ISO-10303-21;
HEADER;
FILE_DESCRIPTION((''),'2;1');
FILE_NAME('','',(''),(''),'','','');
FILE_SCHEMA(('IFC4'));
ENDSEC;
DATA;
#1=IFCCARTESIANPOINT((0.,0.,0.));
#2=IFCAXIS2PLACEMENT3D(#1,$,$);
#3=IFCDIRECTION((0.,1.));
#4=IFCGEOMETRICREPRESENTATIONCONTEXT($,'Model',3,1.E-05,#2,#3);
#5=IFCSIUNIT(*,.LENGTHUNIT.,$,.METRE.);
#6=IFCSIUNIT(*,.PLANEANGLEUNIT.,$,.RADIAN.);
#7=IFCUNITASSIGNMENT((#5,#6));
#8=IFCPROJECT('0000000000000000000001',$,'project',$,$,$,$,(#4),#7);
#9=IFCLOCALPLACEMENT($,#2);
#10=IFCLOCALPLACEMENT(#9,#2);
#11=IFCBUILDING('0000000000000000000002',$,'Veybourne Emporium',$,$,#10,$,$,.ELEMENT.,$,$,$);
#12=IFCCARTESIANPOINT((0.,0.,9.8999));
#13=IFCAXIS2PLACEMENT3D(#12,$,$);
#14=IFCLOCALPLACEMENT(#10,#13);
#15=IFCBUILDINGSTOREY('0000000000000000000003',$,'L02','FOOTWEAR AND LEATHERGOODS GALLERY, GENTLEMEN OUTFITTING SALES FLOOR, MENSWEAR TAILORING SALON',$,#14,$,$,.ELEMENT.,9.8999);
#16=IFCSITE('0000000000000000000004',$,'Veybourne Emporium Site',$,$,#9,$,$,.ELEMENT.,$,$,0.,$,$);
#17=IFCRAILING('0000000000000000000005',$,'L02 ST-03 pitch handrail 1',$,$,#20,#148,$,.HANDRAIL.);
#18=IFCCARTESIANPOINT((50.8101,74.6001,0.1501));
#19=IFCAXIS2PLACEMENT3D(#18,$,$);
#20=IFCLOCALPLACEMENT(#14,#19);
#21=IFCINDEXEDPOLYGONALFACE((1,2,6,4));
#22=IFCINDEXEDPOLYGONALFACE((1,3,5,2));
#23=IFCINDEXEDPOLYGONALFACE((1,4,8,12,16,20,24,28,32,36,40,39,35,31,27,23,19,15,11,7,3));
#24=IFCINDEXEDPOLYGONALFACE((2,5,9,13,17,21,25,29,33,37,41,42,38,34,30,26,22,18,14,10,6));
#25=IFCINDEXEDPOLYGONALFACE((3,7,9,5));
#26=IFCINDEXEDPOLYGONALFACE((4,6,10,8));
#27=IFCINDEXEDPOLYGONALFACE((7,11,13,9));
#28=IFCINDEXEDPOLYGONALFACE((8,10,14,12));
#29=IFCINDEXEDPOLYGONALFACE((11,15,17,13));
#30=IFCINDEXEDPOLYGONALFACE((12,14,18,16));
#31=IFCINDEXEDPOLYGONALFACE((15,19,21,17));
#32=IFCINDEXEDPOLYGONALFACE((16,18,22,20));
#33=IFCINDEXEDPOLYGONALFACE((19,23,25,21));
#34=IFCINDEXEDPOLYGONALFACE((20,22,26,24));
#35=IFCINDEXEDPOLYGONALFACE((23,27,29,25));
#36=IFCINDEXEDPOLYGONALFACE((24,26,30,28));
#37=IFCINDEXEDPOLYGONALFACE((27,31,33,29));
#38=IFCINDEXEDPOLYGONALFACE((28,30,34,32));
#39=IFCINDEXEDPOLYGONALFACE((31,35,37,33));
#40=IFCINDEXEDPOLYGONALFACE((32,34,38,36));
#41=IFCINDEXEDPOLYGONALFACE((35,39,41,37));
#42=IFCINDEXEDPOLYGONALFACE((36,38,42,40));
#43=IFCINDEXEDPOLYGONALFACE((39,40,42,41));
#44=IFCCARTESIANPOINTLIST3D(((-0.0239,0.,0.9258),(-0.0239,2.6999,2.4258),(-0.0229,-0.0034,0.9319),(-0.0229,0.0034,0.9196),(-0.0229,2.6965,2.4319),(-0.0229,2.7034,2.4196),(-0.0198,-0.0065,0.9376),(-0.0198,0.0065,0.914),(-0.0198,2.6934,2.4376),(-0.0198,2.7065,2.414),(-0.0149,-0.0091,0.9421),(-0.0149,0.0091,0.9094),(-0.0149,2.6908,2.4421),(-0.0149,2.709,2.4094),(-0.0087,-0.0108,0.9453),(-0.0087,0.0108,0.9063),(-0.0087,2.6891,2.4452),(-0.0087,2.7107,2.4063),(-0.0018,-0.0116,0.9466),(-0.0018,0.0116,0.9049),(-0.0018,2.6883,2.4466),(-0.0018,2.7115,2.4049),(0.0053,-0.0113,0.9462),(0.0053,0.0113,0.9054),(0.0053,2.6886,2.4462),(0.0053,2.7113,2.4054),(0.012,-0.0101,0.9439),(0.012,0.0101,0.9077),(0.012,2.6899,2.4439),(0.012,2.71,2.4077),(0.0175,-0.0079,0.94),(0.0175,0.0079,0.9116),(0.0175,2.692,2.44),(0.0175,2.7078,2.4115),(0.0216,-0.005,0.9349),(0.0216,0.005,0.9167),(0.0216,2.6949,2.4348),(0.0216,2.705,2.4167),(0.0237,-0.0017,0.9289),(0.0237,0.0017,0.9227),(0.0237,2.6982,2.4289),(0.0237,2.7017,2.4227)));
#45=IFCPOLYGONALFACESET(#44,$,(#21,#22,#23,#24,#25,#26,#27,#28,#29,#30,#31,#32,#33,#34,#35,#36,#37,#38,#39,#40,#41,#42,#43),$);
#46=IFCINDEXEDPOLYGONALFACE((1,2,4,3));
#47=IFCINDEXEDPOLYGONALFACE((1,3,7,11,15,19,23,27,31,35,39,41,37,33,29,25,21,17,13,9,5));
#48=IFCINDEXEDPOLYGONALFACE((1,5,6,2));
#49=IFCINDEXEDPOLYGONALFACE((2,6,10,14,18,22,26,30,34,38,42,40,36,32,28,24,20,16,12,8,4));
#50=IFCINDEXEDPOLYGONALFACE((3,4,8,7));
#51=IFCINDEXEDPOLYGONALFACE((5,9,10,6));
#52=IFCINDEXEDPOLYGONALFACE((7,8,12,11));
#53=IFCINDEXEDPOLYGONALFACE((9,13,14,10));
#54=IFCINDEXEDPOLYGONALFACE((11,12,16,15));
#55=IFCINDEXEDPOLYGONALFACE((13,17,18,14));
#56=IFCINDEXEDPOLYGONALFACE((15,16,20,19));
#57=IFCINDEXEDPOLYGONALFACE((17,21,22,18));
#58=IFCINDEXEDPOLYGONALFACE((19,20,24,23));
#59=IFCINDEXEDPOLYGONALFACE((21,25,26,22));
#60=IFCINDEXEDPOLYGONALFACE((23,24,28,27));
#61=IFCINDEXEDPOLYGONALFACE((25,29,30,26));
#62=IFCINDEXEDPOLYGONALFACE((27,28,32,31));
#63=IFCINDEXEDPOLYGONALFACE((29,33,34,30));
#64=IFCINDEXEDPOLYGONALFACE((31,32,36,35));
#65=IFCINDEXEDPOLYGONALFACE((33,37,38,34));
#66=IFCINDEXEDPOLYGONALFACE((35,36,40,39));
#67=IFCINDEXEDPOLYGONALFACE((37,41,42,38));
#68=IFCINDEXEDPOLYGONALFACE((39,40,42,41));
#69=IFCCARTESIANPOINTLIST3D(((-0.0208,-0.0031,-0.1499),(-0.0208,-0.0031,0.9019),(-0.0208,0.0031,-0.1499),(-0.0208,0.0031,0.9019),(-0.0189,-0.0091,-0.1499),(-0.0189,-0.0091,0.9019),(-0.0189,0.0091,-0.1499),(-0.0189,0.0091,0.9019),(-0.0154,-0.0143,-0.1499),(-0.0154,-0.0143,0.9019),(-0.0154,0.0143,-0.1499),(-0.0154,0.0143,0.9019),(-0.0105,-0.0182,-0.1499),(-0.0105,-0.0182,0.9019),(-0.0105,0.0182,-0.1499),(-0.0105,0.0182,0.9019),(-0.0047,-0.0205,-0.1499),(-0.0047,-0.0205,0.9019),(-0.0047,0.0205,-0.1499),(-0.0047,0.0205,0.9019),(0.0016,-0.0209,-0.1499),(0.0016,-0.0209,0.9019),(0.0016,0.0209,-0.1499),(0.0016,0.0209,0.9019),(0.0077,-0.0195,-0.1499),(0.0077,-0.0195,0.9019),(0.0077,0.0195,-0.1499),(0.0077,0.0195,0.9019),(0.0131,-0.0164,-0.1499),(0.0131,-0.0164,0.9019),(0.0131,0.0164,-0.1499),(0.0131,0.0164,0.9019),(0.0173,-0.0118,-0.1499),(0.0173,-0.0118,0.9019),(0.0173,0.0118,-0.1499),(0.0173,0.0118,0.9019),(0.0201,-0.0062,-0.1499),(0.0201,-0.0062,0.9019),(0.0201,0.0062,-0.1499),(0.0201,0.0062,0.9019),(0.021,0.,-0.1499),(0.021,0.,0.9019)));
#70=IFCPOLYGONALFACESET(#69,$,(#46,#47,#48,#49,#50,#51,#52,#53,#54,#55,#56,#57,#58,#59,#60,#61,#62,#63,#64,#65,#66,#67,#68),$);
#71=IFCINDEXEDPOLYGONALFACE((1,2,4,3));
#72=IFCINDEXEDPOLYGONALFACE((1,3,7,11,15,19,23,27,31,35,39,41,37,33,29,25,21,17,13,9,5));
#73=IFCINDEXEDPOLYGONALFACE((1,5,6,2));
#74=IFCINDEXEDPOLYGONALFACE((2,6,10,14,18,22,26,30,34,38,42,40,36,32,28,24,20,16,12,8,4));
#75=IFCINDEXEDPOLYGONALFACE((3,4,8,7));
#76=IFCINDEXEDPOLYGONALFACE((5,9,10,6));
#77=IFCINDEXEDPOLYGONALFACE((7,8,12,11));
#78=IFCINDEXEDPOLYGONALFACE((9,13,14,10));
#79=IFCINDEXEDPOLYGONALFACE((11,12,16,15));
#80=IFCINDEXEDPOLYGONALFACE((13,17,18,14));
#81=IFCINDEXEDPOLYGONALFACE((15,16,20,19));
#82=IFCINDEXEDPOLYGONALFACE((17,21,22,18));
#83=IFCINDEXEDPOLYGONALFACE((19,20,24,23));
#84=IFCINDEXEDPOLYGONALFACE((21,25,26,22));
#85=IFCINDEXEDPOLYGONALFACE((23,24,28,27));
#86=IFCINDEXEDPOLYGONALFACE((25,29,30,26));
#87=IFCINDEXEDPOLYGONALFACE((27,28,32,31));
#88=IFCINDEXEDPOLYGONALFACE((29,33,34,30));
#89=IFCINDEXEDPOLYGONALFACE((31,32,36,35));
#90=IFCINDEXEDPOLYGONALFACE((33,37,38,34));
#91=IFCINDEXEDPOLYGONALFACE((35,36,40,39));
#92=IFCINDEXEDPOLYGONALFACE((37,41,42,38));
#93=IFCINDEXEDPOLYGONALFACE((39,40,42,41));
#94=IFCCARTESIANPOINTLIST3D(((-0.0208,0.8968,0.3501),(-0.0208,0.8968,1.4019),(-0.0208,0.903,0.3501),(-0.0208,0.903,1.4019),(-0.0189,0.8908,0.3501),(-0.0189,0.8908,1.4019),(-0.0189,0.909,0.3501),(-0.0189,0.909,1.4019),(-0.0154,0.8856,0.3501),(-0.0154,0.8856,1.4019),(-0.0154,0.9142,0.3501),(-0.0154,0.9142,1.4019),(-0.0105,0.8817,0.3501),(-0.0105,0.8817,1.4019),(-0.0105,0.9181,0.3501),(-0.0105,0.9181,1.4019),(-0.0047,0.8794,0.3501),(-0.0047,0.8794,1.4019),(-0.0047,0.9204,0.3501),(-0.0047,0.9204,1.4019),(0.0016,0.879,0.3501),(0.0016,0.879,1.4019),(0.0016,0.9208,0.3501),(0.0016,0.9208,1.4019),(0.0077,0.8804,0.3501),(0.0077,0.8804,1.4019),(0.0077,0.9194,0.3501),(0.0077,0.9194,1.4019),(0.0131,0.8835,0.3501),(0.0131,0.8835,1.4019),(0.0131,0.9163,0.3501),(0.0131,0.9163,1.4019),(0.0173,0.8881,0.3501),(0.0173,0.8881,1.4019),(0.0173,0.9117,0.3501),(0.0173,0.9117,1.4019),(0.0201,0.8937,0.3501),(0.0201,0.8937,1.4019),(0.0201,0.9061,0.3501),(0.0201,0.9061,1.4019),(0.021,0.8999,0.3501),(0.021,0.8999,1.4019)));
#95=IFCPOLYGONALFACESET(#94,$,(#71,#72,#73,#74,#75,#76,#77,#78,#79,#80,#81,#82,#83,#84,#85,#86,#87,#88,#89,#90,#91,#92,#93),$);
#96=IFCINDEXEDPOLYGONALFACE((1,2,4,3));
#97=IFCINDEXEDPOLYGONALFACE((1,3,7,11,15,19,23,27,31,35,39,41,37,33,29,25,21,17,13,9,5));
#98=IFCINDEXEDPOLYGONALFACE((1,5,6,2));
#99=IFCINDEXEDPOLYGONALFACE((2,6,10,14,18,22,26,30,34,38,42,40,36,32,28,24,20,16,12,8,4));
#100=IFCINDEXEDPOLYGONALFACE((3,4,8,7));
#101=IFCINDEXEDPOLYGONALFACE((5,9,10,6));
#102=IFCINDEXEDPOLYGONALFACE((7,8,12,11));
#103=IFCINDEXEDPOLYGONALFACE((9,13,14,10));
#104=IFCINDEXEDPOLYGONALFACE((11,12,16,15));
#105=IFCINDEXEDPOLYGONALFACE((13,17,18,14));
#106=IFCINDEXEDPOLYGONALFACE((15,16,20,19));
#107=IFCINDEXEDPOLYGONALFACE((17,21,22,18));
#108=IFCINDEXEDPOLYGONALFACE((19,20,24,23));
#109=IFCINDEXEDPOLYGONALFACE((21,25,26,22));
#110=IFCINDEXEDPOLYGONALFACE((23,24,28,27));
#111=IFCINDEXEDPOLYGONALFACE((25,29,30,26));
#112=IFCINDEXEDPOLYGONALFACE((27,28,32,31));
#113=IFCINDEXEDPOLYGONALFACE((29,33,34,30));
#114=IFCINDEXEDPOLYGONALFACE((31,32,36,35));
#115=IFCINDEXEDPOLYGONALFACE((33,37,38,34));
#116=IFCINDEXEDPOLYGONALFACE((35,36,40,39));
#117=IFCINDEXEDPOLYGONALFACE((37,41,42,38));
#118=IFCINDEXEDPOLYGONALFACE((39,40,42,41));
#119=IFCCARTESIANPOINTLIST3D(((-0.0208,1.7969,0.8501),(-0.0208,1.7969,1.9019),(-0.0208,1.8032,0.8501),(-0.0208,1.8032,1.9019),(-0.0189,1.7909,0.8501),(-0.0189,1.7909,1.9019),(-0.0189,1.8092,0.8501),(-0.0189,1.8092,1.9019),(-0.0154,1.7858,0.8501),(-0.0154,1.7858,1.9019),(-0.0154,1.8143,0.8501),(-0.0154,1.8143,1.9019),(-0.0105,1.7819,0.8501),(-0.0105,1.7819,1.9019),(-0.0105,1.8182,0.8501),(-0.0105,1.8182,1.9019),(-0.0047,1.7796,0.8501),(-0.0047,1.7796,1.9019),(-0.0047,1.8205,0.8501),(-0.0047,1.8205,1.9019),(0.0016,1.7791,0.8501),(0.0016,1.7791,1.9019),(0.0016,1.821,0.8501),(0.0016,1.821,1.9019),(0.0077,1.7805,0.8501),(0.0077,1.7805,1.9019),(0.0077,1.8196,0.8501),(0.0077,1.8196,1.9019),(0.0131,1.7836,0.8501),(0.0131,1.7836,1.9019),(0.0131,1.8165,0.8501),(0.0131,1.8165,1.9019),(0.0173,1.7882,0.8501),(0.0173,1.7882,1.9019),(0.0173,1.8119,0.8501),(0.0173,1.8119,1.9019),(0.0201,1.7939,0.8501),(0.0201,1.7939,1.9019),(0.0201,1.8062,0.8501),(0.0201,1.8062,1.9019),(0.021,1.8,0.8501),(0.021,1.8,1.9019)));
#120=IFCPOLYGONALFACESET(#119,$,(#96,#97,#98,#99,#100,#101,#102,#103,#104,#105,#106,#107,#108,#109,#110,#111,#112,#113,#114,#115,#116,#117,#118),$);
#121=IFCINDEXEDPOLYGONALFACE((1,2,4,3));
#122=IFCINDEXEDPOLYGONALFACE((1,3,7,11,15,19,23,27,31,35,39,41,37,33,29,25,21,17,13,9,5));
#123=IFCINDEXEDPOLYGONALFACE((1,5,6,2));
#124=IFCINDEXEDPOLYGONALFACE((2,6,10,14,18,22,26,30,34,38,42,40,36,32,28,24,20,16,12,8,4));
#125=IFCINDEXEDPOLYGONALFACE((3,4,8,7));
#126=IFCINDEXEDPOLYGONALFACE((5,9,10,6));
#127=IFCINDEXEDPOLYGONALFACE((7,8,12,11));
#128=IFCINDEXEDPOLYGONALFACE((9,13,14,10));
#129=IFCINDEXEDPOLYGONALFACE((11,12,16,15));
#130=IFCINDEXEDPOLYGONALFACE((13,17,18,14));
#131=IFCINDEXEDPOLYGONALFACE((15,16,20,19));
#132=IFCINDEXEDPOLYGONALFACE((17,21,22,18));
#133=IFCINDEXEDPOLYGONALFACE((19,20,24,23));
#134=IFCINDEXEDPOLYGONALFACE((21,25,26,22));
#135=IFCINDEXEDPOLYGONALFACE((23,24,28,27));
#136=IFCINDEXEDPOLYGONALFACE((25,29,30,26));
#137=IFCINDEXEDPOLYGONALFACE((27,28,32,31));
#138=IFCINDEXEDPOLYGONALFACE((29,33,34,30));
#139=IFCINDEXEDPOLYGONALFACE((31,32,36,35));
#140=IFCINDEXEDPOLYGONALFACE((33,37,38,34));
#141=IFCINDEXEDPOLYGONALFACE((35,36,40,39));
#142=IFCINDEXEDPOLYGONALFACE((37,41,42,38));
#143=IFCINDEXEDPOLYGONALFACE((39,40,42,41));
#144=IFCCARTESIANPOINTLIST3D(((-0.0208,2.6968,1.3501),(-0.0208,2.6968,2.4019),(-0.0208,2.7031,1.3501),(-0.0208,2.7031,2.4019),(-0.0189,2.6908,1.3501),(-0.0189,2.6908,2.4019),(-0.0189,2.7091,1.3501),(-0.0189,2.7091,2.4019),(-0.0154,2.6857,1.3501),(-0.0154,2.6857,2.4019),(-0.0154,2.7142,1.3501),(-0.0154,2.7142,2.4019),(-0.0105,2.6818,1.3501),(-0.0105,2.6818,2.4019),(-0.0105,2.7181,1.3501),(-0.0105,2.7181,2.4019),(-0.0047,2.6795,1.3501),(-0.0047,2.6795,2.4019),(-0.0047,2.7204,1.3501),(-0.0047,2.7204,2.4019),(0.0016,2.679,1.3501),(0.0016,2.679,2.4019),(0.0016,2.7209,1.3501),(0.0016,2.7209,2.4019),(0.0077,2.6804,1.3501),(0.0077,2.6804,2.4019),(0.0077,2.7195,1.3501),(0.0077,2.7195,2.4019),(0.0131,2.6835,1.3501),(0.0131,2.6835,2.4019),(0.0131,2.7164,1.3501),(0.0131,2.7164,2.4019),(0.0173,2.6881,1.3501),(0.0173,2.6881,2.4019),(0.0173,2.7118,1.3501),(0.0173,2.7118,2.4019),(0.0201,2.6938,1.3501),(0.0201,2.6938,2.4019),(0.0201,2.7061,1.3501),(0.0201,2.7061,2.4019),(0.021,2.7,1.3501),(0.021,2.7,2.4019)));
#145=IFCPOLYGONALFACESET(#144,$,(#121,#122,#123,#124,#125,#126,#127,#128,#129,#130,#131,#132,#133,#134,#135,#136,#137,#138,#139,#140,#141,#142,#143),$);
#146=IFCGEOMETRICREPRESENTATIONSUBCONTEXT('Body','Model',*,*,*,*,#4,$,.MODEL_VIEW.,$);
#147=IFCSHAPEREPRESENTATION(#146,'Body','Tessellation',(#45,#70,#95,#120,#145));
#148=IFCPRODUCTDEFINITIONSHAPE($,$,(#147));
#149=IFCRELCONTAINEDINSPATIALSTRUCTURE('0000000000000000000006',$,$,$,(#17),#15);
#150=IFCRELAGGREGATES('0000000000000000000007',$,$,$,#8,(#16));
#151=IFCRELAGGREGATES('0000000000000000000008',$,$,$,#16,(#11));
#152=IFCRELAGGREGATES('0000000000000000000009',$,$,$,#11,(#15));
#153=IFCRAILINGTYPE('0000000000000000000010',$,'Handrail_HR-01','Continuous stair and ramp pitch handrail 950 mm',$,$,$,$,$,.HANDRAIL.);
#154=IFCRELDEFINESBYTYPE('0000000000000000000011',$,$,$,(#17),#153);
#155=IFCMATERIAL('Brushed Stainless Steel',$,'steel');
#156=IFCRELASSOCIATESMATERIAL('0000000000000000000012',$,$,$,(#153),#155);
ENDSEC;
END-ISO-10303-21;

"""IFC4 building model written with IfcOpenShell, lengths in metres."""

from ifc_helpers import new_model, si_unit, direction, frame, origin, origin_2d, place, context, subcontext, project, spatial, circle, extrude, material, type_object, element, save


model = new_model("IFC4")

# Units and contexts
model_context = context("Model", 3, precision=1e-05, world=origin(), true_north=direction((0.0, 1.0)))
body_context = subcontext(model_context, "Body", "Model", "MODEL_VIEW")
ifc_project = project(units=[si_unit("LENGTHUNIT", "METRE"), si_unit("PLANEANGLEUNIT", "RADIAN")], contexts=[model_context])

# Site, building, storey
site_placement = place(None, origin())
site = spatial("IfcSite", under=ifc_project, at=site_placement, Name="Veybourne Emporium Site", CompositionType="ELEMENT", RefElevation=0.0)
building_placement = place(site_placement, origin())
building = spatial("IfcBuilding", under=site, at=building_placement, Name="Veybourne Emporium", CompositionType="ELEMENT")
storey_placement = place(building_placement, frame((0.0, 0.0, 9.8999)))
storey = spatial("IfcBuildingStorey", under=building, at=storey_placement, Name="L02", Description="FOOTWEAR AND LEATHERGOODS GALLERY, GENTLEMEN OUTFITTING SALES FLOOR, MENSWEAR TAILORING SALON", CompositionType="ELEMENT", Elevation=9.8999)

# Railing
ifc_material_1 = material(Name="Brushed Stainless Steel", Category="steel")
railing_type_1 = type_object("IfcRailingType", Name="Handrail_HR-01", Description="Continuous stair and ramp pitch handrail 950 mm", PredefinedType="HANDRAIL", material=ifc_material_1)
railing_1_placement = place(storey_placement, frame((50.8101, 74.6001, 0.1501)))
element("IfcRailing", 1, at=railing_1_placement, inside=storey, type_object=railing_type_1, Name="L02 ST-03 pitch handrail 1", PredefinedType="HANDRAIL", context=body_context, shape_type="SweptSolid", body=[
    extrude(circle(Radius=0.0239, at=origin_2d()), frame((0.0, 0.0, 0.9258), z_axis=(0.0, 0.874154, 0.48565), x_axis=(-1.0, 0.0, 0.0)), (0.0, 0.0, 1.0), 3.0886),
    extrude(circle(Radius=0.021, at=origin_2d()), frame((0.0, 0.0, -0.1499)), (0.0, 0.0, 1.0), 1.0518),
    extrude(circle(Radius=0.021, at=origin_2d()), frame((0.0, 0.8999, 0.3501)), (0.0, 0.0, 1.0), 1.0518),
    extrude(circle(Radius=0.021, at=origin_2d()), frame((0.0, 1.8, 0.8501)), (0.0, 0.0, 1.0), 1.0518),
    extrude(circle(Radius=0.021, at=origin_2d()), frame((0.0, 2.7, 1.3501)), (0.0, 0.0, 1.0), 1.0518),
])

save(model, "model.ifc")
